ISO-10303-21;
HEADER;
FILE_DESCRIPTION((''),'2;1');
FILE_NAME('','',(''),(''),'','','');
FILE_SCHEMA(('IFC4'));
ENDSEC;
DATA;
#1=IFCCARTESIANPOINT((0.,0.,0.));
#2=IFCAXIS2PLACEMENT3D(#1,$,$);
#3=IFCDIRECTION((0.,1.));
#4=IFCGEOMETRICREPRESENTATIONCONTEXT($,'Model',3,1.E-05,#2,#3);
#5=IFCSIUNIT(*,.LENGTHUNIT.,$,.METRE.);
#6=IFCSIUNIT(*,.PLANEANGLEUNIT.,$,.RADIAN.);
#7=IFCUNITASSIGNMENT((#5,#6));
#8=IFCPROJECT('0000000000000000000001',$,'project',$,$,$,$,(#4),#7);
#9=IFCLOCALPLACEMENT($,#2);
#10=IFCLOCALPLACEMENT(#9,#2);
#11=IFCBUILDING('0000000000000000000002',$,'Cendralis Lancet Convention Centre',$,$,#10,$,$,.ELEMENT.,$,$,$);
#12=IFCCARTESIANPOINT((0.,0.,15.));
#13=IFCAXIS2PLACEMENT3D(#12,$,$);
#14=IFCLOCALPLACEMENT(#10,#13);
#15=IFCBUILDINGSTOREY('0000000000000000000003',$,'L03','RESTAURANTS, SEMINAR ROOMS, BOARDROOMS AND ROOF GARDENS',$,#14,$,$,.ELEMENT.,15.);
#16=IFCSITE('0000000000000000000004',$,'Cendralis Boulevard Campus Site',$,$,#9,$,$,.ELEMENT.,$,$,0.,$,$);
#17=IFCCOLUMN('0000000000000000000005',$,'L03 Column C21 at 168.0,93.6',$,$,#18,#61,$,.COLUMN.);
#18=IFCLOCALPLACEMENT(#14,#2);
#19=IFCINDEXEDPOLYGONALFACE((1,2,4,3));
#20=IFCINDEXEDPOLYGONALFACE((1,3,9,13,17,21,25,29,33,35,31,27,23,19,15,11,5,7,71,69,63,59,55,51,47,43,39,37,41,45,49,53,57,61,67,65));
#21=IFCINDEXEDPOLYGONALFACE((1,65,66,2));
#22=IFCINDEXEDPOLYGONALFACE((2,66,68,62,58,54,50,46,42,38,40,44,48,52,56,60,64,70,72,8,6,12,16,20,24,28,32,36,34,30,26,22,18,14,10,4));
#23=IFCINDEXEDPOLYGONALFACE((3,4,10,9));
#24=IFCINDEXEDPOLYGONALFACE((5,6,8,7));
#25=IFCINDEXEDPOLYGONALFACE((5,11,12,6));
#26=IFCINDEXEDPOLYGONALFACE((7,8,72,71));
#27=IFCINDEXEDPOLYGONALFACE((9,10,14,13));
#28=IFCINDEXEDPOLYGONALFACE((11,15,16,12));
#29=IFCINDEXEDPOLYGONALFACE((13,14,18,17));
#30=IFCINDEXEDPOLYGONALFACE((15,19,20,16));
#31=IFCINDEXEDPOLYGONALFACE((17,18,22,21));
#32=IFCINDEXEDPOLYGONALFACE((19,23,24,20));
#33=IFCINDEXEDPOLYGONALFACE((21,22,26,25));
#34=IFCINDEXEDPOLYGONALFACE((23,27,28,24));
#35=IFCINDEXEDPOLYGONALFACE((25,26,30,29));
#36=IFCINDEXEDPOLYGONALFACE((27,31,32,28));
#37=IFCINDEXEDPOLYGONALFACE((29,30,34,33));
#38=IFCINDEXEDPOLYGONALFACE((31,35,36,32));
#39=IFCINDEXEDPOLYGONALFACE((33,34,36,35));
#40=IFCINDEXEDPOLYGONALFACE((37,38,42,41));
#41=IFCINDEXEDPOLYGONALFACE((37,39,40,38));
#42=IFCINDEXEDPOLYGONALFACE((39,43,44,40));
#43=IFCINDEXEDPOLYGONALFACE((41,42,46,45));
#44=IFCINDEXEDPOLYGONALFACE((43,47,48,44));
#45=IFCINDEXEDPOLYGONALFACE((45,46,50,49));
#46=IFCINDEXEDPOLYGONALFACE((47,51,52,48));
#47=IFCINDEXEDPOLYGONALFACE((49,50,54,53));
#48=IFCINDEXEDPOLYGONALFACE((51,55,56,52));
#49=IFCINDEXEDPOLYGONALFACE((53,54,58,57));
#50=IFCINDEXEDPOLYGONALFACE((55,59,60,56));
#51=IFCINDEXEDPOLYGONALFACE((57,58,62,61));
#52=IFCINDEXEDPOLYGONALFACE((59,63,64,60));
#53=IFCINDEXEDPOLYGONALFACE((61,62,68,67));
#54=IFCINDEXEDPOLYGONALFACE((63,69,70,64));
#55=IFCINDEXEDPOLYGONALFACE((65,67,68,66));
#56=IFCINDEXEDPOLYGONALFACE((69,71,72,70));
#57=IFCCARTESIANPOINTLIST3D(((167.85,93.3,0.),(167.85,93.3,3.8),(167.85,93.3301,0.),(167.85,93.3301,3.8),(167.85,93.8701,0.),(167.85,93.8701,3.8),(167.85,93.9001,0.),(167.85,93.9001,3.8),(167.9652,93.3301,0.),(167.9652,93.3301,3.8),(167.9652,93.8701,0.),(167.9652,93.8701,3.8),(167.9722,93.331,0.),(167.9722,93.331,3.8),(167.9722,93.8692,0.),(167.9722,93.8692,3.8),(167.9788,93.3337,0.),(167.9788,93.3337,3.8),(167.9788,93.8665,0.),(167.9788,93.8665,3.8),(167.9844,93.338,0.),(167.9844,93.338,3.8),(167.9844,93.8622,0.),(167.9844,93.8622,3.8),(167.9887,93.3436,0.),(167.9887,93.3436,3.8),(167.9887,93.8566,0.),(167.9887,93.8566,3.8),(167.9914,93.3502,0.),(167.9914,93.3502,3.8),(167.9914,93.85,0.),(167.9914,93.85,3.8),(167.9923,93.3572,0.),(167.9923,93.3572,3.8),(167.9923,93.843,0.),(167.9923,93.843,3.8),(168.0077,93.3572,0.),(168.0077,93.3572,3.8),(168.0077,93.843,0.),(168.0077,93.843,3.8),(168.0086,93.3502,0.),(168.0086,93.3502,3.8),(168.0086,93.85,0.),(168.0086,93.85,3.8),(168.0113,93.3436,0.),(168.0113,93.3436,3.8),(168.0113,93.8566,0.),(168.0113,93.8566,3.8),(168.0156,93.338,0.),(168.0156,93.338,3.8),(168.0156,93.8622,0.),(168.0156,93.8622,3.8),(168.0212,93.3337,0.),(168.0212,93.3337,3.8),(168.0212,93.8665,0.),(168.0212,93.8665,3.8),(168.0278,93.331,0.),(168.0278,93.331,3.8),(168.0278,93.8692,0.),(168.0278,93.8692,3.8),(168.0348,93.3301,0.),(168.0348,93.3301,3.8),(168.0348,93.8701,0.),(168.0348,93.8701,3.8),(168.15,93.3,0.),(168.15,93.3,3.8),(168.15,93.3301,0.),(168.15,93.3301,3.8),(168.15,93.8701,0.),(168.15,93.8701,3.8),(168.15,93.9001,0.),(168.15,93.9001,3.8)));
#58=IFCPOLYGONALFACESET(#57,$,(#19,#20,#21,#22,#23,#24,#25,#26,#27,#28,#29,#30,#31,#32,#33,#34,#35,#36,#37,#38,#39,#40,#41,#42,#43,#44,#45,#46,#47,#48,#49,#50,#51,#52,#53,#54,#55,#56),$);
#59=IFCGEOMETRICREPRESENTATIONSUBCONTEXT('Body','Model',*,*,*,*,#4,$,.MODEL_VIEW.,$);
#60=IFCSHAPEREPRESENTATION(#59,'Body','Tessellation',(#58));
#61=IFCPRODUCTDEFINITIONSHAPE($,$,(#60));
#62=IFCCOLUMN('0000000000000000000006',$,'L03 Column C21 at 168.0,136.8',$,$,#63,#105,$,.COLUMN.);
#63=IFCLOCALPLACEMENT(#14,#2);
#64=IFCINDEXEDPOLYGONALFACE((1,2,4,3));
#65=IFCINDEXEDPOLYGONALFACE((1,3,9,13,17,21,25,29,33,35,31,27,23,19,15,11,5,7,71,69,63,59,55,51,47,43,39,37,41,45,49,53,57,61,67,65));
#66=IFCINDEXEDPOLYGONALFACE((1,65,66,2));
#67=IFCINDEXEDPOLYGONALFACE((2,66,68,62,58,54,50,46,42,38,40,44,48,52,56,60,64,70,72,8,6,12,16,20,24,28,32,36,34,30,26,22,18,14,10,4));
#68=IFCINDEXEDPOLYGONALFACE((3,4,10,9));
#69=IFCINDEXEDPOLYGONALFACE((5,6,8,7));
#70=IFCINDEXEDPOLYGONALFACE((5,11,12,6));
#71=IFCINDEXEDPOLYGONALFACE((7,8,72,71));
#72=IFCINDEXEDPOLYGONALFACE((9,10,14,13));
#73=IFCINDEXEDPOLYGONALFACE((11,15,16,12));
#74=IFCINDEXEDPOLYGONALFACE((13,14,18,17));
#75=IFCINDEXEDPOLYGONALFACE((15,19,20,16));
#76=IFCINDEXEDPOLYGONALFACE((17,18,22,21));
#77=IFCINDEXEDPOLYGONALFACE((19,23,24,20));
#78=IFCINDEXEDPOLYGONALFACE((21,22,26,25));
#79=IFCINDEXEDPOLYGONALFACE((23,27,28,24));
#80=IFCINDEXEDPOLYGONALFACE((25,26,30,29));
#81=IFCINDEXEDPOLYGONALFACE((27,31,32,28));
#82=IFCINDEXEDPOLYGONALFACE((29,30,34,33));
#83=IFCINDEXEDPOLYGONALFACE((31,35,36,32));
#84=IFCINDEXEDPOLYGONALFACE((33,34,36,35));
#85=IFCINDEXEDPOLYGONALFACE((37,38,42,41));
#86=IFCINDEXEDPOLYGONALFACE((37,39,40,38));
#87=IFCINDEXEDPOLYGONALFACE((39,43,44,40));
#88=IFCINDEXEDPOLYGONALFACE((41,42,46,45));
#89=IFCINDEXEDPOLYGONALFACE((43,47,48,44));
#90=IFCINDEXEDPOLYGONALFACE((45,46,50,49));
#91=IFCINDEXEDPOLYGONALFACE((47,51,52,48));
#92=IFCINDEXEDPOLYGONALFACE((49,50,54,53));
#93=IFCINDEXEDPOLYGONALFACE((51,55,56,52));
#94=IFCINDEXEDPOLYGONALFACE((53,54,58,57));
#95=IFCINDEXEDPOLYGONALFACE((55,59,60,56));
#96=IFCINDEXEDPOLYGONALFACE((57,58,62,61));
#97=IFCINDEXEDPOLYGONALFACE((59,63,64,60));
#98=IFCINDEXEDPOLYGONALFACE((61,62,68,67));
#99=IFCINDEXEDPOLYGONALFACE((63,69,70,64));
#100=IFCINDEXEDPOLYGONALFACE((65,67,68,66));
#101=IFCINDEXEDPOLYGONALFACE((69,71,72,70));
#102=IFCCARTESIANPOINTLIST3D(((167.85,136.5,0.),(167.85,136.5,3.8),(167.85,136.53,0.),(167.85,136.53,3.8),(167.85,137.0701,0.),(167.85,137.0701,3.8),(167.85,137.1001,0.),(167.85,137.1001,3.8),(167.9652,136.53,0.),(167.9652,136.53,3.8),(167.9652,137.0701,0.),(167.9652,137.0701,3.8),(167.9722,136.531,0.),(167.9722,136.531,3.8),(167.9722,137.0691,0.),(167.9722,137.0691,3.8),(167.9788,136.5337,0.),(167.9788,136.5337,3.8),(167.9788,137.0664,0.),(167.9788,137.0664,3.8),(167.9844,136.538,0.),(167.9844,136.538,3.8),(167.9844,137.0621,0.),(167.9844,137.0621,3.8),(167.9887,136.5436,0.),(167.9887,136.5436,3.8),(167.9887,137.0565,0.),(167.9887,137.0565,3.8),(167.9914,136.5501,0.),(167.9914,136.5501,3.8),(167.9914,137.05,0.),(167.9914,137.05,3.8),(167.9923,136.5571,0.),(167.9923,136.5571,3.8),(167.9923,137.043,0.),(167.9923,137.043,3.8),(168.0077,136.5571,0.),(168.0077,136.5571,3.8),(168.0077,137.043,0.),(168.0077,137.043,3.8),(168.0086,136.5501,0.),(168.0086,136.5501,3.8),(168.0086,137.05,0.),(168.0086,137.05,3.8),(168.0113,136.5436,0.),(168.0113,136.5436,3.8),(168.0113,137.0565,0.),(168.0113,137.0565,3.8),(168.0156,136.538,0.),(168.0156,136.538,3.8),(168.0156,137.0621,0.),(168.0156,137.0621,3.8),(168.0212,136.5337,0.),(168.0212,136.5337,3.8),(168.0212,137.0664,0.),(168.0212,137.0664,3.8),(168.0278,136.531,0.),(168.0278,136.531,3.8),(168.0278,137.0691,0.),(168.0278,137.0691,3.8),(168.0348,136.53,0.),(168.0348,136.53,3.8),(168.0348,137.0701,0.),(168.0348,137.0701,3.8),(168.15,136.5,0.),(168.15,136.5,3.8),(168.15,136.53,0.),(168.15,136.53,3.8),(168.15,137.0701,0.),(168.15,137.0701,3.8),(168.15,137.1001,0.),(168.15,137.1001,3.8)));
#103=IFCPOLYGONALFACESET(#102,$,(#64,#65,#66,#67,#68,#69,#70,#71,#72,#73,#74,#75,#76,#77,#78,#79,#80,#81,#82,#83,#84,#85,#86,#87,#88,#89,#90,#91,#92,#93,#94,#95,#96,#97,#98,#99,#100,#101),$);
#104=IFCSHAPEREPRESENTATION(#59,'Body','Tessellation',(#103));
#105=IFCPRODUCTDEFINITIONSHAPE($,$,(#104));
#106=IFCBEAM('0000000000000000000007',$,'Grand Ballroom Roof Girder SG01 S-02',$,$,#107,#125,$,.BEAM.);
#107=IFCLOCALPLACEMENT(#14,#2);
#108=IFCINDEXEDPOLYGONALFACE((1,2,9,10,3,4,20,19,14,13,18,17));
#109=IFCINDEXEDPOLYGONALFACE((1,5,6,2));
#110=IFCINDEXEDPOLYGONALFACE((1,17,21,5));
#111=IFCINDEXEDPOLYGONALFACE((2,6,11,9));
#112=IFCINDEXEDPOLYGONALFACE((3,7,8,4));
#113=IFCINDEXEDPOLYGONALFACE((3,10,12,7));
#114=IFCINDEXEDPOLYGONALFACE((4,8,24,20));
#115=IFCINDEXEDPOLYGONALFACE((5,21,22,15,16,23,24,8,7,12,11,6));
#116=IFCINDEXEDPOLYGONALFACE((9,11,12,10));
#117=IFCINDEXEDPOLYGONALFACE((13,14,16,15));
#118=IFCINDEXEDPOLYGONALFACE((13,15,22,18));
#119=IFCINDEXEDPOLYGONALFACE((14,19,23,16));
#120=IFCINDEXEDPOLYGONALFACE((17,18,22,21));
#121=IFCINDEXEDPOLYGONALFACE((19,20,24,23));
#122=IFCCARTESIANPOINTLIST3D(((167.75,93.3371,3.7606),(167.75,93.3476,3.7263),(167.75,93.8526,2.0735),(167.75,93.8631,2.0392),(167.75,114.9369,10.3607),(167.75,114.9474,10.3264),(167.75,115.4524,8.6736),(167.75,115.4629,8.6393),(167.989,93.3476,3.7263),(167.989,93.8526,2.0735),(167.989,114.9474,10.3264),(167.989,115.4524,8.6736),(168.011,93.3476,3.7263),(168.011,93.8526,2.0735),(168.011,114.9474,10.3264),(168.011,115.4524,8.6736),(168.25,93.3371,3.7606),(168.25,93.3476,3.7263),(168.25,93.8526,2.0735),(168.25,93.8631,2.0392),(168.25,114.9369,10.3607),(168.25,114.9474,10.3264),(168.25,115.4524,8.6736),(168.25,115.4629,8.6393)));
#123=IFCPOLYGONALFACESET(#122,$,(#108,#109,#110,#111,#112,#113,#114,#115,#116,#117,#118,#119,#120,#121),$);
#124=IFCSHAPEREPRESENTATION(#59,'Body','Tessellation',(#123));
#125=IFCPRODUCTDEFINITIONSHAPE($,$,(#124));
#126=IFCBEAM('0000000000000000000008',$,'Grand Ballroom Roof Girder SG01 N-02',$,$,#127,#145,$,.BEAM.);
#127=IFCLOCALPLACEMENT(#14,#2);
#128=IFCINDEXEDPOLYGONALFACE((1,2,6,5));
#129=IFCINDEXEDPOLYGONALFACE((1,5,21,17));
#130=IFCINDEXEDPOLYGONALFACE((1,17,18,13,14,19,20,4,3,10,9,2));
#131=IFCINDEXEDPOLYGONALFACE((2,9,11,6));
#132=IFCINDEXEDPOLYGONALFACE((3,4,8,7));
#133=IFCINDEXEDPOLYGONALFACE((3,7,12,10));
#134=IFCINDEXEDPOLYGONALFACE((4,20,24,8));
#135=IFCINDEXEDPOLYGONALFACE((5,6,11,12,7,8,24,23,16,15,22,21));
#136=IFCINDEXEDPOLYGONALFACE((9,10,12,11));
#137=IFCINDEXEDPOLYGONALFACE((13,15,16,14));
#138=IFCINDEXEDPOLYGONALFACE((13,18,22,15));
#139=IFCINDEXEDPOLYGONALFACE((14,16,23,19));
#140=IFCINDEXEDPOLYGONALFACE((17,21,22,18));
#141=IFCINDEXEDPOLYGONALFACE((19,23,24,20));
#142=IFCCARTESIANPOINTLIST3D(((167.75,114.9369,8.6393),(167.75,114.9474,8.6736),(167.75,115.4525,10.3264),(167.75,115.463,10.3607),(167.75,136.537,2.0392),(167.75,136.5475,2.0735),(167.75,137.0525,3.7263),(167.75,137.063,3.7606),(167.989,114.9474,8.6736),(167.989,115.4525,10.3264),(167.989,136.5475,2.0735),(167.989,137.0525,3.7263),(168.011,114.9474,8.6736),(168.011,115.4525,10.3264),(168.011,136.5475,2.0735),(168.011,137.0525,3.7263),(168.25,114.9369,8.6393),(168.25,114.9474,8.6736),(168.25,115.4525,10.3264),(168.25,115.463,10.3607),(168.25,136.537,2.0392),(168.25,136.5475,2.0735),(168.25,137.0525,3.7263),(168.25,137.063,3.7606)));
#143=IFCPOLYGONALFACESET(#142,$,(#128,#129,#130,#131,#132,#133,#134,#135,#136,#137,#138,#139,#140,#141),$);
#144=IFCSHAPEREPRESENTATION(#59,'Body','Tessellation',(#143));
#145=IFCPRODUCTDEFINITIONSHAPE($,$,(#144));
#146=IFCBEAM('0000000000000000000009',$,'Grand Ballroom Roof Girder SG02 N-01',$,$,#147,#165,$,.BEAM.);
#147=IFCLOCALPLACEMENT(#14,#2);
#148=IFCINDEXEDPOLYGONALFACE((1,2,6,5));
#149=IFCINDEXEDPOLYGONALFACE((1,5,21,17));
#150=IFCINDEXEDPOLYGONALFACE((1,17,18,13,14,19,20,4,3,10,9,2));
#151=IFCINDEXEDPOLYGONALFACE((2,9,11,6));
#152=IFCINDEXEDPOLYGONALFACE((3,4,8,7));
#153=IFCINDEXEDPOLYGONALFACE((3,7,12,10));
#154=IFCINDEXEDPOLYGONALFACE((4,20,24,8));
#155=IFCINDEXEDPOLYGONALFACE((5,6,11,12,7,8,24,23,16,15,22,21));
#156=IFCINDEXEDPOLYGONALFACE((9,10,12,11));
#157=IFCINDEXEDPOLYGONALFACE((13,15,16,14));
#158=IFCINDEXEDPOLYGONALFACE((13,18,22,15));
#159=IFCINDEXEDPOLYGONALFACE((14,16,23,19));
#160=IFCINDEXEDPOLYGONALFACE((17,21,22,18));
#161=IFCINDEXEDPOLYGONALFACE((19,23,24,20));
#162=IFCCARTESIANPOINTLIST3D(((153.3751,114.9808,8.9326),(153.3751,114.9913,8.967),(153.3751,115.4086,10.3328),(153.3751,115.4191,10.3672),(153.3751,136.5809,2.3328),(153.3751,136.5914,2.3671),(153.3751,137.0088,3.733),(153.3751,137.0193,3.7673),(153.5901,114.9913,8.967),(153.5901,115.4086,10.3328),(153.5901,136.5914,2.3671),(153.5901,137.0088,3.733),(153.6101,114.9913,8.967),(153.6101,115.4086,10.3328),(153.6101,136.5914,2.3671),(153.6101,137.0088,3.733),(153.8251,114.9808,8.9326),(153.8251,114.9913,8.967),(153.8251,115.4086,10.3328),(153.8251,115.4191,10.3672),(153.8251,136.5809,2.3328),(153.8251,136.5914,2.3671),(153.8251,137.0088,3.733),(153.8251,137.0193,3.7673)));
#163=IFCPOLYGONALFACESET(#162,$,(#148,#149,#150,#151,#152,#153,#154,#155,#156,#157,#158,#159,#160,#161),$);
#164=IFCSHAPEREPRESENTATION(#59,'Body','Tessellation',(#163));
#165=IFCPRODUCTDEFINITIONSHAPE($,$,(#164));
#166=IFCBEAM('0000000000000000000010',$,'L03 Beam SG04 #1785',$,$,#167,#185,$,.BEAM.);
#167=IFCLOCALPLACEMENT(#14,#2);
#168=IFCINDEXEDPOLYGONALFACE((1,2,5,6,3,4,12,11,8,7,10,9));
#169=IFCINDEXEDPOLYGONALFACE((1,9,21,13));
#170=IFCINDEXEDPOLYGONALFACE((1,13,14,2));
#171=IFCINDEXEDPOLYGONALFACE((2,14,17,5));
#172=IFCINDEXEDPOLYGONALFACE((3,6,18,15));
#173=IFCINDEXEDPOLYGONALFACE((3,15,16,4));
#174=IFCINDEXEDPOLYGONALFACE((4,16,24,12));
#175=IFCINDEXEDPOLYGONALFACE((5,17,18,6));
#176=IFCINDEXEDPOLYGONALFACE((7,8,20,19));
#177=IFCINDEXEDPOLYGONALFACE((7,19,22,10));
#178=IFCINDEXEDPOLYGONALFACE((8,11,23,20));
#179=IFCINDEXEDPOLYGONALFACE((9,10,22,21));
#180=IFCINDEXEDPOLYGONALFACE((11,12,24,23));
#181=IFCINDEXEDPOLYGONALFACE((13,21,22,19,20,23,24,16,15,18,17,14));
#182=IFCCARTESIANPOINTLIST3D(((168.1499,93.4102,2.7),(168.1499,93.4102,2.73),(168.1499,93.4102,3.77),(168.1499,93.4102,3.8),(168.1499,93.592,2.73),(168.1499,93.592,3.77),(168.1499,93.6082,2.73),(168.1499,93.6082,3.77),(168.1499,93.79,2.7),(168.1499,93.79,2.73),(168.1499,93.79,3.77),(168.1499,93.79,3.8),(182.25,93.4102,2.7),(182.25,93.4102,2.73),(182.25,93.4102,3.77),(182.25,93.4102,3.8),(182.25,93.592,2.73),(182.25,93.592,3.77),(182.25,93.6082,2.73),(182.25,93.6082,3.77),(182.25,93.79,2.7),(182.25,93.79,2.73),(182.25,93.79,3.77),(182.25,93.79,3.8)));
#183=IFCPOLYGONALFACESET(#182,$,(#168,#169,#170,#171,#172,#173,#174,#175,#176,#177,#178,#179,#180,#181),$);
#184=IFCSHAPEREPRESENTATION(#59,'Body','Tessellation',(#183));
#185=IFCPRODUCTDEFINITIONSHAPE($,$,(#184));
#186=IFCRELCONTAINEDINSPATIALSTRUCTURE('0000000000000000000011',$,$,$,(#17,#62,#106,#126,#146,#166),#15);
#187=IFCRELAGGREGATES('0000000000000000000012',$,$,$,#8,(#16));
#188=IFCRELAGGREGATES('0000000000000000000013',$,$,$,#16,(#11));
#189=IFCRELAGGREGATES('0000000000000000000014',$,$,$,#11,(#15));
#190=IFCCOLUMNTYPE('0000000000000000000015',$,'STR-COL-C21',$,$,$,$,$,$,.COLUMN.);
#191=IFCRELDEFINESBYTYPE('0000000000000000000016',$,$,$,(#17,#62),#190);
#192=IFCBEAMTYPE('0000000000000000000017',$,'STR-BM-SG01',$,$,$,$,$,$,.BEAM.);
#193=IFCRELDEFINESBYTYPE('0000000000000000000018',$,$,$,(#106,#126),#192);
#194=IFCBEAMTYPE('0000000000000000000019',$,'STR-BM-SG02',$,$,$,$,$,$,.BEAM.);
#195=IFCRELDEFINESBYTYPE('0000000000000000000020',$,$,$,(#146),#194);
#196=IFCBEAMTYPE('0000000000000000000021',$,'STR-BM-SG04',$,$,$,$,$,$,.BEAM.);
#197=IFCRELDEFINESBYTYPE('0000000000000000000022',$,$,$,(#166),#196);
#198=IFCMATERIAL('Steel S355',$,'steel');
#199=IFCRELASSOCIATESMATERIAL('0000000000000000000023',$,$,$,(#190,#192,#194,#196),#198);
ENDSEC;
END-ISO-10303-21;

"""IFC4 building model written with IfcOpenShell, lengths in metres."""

from ifc_helpers import new_model, si_unit, direction, frame, origin, origin_2d, place, context, subcontext, project, spatial, i_section, extrude, material, material_profile, profile_set, type_object, element, save


model = new_model("IFC4")

# Units and contexts
model_context = context("Model", 3, precision=1e-05, world=origin(), true_north=direction((0.0, 1.0)))
body_context = subcontext(model_context, "Body", "Model", "MODEL_VIEW")
ifc_project = project(units=[si_unit("LENGTHUNIT", "METRE"), si_unit("PLANEANGLEUNIT", "RADIAN")], contexts=[model_context])

# Site, building, storey
site_placement = place(None, origin())
site = spatial("IfcSite", under=ifc_project, at=site_placement, Name="Cendralis Boulevard Campus Site", CompositionType="ELEMENT", RefElevation=0.0)
building_placement = place(site_placement, origin())
building = spatial("IfcBuilding", under=site, at=building_placement, Name="Cendralis Lancet Convention Centre", CompositionType="ELEMENT")
storey_placement = place(building_placement, frame((0.0, 0.0, 15.0)))
storey = spatial("IfcBuildingStorey", under=building, at=storey_placement, Name="L03", Description="RESTAURANTS, SEMINAR ROOMS, BOARDROOMS AND ROOF GARDENS", CompositionType="ELEMENT", Elevation=15.0)

# Columns
ifc_material_1 = material(Name="Steel S355", Category="steel")
ifc_material_profile_1 = material_profile(ifc_material_1, i_section(OverallWidth=0.3, OverallDepth=0.6001, WebThickness=0.0154, FlangeThickness=0.03, FilletRadius=0.0271, at=origin_2d()), Name="HEB 600")
ifc_profile_set_1 = profile_set([ifc_material_profile_1], Name="Steel S355")
column_type = type_object("IfcColumnType", Name="STR-COL-C21", PredefinedType="COLUMN", material=ifc_profile_set_1)
for number, where, z_axis, x_axis, name in (
    (1, (168.0, 93.6001, 0.0), (0.0, 0.0, 1.0), (1.0, 0.0, 0.0), "L03 Column C21 at 168.0,93.6"),
    (2, (168.0, 136.8, 0.0), (0.0, 0.0, 1.0), (1.0, 0.0, 0.0), "L03 Column C21 at 168.0,136.8"),
):
    element("IfcColumn", number, at=place(storey_placement, frame(where, z_axis=z_axis, x_axis=x_axis)), inside=storey, type_object=column_type, Name=name, PredefinedType="COLUMN", context=body_context, shape_type="SweptSolid", body=[
        extrude(i_section(OverallWidth=0.3, OverallDepth=0.6001, WebThickness=0.0154, FlangeThickness=0.03, FilletRadius=0.0271, at=origin_2d()), origin(), (0.0, 0.0, 1.0), 3.8),
    ])

# Beams
ifc_material_profile_2 = material_profile(ifc_material_1, i_section(OverallWidth=0.5, OverallDepth=1.8, WebThickness=0.022, FlangeThickness=0.0359, at=origin_2d()), Name="PG 1800x500")
ifc_profile_set_2 = profile_set([ifc_material_profile_2], Name="Steel S355")
beam_type_1 = type_object("IfcBeamType", Name="STR-BM-SG01", PredefinedType="BEAM", material=ifc_profile_set_2)
beam_1_placement = place(storey_placement, frame((168.0, 93.6001, 2.8999), z_axis=(0.0, 0.95635, 0.292224), x_axis=(-1.0, 0.0, 0.0)))
element("IfcBeam", 3, at=beam_1_placement, inside=storey, type_object=beam_type_1, Name="Grand Ballroom Roof Girder SG01 S-02", PredefinedType="BEAM", context=body_context, shape_type="SweptSolid", body=[
    extrude(i_section(OverallWidth=0.5, OverallDepth=1.8, WebThickness=0.022, FlangeThickness=0.0359, at=origin_2d()), origin(), (0.0, 0.0, 1.0), 22.5857),
])
beam_2_placement = place(storey_placement, frame((168.0, 115.2, 9.5), z_axis=(0.0, 0.956351, -0.292221), x_axis=(-1.0, 0.0, 0.0)))
element("IfcBeam", 4, at=beam_2_placement, inside=storey, type_object=beam_type_1, Name="Grand Ballroom Roof Girder SG01 N-02", PredefinedType="BEAM", context=body_context, shape_type="SweptSolid", body=[
    extrude(i_section(OverallWidth=0.5, OverallDepth=1.8, WebThickness=0.022, FlangeThickness=0.0359, at=origin_2d()), origin(), (0.0, 0.0, 1.0), 22.5859),
])
ifc_material_profile_3 = material_profile(ifc_material_1, i_section(OverallWidth=0.45, OverallDepth=1.5, WebThickness=0.02, FlangeThickness=0.0359, at=origin_2d()), Name="PG 1500x450")
ifc_profile_set_3 = profile_set([ifc_material_profile_3], Name="Steel S355")
beam_type_2 = type_object("IfcBeamType", Name="STR-BM-SG02", PredefinedType="BEAM", material=ifc_profile_set_3)
beam_3_placement = place(storey_placement, frame((153.6001, 115.2, 9.6499), z_axis=(0.0, 0.956354, -0.292211), x_axis=(-1.0, 0.0, 0.0)))
element("IfcBeam", 5, at=beam_3_placement, inside=storey, type_object=beam_type_2, Name="Grand Ballroom Roof Girder SG02 N-01", PredefinedType="BEAM", context=body_context, shape_type="SweptSolid", body=[
    extrude(i_section(OverallWidth=0.45, OverallDepth=1.5, WebThickness=0.02, FlangeThickness=0.0359, at=origin_2d()), origin(), (0.0, 0.0, 1.0), 22.5859),
])
ifc_material_profile_4 = material_profile(ifc_material_1, i_section(OverallWidth=0.3799, OverallDepth=1.1001, WebThickness=0.0161, FlangeThickness=0.03, at=origin_2d()), Name="PG 1100x380")
ifc_profile_set_4 = profile_set([ifc_material_profile_4], Name="Steel S355")
beam_type_3 = type_object("IfcBeamType", Name="STR-BM-SG04", PredefinedType="BEAM", material=ifc_profile_set_4)
for number, where, z_axis, x_axis, name in (
    (6, (168.1499, 93.6001, 3.25), (1.0, 0.0, 0.0), (0.0, 1.0, 0.0), "L03 Beam SG04 #1785"),
):
    element("IfcBeam", number, at=place(storey_placement, frame(where, z_axis=z_axis, x_axis=x_axis)), inside=storey, type_object=beam_type_3, Name=name, PredefinedType="BEAM", context=body_context, shape_type="SweptSolid", body=[
        extrude(i_section(OverallWidth=0.3799, OverallDepth=1.1001, WebThickness=0.0161, FlangeThickness=0.03, at=origin_2d()), origin(), (0.0, 0.0, 1.0), 14.1001),
    ])

save(model, "model.ifc")
